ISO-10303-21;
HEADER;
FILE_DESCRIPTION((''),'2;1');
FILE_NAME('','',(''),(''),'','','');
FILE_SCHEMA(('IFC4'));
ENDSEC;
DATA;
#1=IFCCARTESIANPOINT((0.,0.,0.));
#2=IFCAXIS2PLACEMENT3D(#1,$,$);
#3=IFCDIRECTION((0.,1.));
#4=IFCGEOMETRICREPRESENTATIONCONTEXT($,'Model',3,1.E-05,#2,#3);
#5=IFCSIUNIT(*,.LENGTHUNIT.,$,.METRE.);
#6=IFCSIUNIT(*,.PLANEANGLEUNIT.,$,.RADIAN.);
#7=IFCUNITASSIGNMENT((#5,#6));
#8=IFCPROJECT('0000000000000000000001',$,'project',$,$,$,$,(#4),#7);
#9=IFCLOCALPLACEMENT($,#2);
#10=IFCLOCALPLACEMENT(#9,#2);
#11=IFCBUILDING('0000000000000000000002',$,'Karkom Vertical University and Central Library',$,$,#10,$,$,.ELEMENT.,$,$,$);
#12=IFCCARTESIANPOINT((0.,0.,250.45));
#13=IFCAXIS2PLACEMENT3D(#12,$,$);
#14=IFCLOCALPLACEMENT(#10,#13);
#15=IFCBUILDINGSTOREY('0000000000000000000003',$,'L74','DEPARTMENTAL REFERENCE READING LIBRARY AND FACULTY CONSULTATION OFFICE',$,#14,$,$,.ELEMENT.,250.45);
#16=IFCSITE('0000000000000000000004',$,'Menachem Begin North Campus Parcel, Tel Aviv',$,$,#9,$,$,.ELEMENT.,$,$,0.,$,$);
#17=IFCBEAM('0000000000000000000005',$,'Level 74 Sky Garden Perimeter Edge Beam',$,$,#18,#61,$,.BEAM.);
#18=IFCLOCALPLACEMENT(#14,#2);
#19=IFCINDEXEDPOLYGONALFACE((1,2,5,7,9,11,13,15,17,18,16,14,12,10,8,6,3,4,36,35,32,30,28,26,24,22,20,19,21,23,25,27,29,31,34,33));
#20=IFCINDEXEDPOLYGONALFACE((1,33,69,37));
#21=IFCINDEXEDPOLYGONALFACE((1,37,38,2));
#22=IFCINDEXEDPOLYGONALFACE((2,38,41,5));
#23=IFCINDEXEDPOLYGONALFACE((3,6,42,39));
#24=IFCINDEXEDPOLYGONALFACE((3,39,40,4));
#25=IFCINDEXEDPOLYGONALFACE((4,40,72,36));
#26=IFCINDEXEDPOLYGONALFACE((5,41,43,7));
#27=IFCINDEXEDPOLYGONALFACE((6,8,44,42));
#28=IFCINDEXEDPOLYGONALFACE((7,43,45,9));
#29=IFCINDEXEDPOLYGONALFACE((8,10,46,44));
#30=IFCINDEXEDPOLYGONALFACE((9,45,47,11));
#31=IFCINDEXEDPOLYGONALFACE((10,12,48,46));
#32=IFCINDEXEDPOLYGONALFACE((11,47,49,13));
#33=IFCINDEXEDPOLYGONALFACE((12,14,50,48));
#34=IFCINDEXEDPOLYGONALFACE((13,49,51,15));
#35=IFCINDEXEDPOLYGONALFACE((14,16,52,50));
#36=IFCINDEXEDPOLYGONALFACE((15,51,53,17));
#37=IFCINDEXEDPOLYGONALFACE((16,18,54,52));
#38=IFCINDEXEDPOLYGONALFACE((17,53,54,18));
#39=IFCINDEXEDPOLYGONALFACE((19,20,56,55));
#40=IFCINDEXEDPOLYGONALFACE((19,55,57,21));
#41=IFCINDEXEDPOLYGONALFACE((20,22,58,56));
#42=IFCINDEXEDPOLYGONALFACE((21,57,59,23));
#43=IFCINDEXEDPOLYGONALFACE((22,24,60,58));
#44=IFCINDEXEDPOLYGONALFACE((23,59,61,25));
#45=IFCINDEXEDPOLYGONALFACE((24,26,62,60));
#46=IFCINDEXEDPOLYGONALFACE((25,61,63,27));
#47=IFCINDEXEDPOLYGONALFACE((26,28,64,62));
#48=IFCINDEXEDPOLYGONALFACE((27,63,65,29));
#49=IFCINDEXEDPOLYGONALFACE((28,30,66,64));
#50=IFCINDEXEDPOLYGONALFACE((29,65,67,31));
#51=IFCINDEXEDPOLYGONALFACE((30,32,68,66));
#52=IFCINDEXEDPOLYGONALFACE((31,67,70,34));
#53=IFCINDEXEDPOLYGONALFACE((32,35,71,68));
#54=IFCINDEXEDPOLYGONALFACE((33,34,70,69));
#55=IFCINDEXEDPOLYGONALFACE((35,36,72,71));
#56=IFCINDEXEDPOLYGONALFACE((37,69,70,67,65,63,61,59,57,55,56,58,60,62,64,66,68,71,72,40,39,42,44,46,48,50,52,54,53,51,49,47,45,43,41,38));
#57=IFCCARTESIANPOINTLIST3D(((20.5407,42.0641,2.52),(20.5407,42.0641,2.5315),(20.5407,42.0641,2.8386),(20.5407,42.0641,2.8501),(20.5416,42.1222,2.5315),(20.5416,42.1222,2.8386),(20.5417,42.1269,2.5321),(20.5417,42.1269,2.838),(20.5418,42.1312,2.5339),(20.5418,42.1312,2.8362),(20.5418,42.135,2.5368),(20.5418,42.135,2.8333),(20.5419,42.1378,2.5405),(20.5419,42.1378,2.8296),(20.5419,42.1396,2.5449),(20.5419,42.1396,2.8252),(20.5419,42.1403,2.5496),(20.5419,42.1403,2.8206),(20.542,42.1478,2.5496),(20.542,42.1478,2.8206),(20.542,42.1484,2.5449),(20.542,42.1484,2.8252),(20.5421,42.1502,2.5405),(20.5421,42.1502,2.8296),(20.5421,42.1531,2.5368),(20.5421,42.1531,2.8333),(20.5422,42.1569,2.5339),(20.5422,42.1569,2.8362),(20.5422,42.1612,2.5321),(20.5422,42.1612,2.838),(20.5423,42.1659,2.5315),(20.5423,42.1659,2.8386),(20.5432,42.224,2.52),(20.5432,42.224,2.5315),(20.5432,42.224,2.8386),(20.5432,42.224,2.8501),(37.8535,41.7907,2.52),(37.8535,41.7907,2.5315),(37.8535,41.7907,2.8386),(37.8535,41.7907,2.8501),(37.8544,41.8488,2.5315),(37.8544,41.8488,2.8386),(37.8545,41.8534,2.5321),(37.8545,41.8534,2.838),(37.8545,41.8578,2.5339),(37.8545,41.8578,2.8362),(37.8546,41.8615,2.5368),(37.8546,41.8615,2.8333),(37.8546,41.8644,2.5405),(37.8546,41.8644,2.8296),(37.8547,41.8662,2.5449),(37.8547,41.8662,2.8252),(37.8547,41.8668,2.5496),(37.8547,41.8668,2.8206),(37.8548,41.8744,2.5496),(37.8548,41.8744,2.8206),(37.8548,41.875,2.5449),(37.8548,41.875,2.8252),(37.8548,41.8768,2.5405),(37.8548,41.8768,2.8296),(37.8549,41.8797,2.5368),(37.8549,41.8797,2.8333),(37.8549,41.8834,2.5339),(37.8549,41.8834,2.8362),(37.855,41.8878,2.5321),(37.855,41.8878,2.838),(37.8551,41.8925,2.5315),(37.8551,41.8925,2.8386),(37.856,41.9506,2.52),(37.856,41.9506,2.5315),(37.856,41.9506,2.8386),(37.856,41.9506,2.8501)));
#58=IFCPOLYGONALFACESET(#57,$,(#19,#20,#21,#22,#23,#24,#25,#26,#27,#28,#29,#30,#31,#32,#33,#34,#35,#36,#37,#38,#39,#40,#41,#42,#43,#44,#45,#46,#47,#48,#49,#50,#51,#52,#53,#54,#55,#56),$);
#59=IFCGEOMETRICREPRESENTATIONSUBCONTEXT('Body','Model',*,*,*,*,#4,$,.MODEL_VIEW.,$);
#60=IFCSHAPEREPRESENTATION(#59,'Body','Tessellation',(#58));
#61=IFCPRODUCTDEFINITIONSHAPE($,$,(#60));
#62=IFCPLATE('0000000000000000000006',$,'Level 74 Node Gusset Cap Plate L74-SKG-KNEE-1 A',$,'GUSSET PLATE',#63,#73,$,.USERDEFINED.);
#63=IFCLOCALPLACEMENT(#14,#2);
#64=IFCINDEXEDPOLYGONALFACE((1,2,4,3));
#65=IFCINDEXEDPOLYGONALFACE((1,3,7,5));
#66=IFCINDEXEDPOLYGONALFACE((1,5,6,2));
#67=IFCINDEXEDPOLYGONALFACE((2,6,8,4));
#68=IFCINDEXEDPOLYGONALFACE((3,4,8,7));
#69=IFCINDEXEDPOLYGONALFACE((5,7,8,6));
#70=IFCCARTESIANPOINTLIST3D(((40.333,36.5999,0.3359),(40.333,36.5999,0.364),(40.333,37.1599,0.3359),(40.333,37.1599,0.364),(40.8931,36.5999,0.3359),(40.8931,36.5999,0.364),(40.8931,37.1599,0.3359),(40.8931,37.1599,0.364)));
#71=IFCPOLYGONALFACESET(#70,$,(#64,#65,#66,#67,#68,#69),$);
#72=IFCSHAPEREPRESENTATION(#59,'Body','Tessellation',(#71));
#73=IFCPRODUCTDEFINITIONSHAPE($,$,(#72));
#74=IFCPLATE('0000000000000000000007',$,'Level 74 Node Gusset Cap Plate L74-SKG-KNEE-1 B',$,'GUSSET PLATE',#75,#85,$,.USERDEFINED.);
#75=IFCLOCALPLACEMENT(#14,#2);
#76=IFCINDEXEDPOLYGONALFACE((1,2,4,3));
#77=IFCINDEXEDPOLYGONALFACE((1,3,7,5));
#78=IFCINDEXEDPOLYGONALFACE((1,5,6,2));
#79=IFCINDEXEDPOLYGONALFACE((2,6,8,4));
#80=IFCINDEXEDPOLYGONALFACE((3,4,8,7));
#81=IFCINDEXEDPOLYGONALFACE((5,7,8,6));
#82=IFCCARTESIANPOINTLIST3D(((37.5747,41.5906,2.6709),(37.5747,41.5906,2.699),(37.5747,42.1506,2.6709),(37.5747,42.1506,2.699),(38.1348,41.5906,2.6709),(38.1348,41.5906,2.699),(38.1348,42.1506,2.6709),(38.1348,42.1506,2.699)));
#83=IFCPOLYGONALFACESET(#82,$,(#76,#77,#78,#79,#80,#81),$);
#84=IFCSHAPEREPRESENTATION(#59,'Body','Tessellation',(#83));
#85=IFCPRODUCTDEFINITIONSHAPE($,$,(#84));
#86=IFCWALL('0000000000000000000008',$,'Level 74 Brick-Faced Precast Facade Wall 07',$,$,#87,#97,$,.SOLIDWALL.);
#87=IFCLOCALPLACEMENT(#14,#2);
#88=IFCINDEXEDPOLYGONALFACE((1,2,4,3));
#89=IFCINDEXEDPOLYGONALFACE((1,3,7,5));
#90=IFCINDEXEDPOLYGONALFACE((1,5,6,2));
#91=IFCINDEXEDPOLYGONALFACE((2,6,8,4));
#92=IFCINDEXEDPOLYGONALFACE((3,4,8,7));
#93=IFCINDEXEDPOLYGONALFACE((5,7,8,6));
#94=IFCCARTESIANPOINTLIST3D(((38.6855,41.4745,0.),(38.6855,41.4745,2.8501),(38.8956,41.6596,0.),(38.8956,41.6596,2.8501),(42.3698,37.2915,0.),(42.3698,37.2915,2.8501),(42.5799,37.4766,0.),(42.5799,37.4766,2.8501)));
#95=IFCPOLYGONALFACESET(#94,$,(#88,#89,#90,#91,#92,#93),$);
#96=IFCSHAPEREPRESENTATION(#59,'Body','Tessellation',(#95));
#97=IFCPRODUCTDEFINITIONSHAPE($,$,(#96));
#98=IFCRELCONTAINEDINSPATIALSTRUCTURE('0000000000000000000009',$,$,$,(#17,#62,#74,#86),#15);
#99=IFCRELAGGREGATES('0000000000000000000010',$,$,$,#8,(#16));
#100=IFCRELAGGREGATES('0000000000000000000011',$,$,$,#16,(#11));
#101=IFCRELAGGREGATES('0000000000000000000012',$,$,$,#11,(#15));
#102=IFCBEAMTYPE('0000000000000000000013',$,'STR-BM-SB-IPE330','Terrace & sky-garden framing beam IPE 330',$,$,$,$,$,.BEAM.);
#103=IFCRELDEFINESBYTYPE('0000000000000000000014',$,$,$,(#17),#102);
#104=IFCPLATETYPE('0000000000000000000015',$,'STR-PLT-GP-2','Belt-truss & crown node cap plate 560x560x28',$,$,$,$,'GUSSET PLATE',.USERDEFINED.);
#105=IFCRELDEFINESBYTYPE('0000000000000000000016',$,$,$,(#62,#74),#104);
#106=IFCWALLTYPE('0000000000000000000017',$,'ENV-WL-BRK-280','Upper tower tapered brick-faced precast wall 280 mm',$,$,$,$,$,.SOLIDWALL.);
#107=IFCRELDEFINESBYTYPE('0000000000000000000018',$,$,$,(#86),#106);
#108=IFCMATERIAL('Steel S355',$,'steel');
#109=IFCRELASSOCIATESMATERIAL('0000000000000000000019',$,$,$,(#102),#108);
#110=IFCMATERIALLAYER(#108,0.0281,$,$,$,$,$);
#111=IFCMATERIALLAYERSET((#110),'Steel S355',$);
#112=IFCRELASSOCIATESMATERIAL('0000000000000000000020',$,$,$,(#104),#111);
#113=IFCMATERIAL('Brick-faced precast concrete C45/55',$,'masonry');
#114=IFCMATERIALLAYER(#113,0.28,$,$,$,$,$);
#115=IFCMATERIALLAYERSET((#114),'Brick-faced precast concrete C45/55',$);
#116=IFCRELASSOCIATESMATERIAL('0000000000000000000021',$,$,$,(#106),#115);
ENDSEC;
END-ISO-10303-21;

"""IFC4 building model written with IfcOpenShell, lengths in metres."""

from ifc_helpers import new_model, si_unit, direction, frame, frame_2d, origin, origin_with_axes, origin_2d, place, context, subcontext, project, spatial, rectangle, i_section, extrude, source, transform, mapped, material, layer, layer_set, material_profile, profile_set, type_object, element, save


model = new_model("IFC4")

# Units and contexts
model_context = context("Model", 3, precision=1e-05, world=origin(), true_north=direction((0.0, 1.0)))
body_context = subcontext(model_context, "Body", "Model", "MODEL_VIEW")
ifc_project = project(units=[si_unit("LENGTHUNIT", "METRE"), si_unit("PLANEANGLEUNIT", "RADIAN")], contexts=[model_context])

# Site, building, storey
site_placement = place(None, origin())
site = spatial("IfcSite", under=ifc_project, at=site_placement, Name="Menachem Begin North Campus Parcel, Tel Aviv", CompositionType="ELEMENT", RefElevation=0.0)
building_placement = place(site_placement, origin())
building = spatial("IfcBuilding", under=site, at=building_placement, Name="Karkom Vertical University and Central Library", CompositionType="ELEMENT")
storey_placement = place(building_placement, frame((0.0, 0.0, 250.45)))
storey = spatial("IfcBuildingStorey", under=building, at=storey_placement, Name="L74", Description="DEPARTMENTAL REFERENCE READING LIBRARY AND FACULTY CONSULTATION OFFICE", CompositionType="ELEMENT", Elevation=250.45)

# Shared definitions
ifc_material_1 = material(Name="Steel S355", Category="steel")
ifc_material_profile_1 = material_profile(ifc_material_1, i_section(OverallWidth=0.1599, OverallDepth=0.3301, WebThickness=0.0076, FlangeThickness=0.0115, FilletRadius=0.0181, at=origin_2d()), Name="IPE 330")
ifc_profile_set_1 = profile_set([ifc_material_profile_1], Name="Steel S355")
beam_type_1 = type_object("IfcBeamType", Name="STR-BM-SB-IPE330", Description="Terrace & sky-garden framing beam IPE 330", PredefinedType="BEAM", material=ifc_profile_set_1)

# Beam
shared_shape_1 = source(origin_with_axes(), body_context, "Body", "SweptSolid", [
    extrude(i_section(OverallWidth=0.1599, OverallDepth=0.3301, WebThickness=0.0076, FlangeThickness=0.0115, FilletRadius=0.0181, at=origin_2d()), origin(), (0.0, 0.0, 1.0), 17.3149),
])
beam_1_placement = place(storey_placement, frame((37.8547, 41.8706, 2.6851), z_axis=(-0.999875, 0.015792, 0.0), x_axis=(-0.015792, -0.999875, 0.0)))
element("IfcBeam", 1, at=beam_1_placement, inside=storey, type_object=beam_type_1, Name="Level 74 Sky Garden Perimeter Edge Beam", PredefinedType="BEAM", context=body_context, shape_type="MappedRepresentation", body=[
    mapped(shared_shape_1, transform((0.0, 0.0, 0.0), scale=1.0)),
])

# Plates
ifc_layer_1 = layer(ifc_material_1, 0.0281)
ifc_layer_set_1 = layer_set([ifc_layer_1], Name="Steel S355")
plate_type = type_object("IfcPlateType", Name="STR-PLT-GP-2", Description="Belt-truss & crown node cap plate 560x560x28", ElementType="GUSSET PLATE", PredefinedType="USERDEFINED", material=ifc_layer_set_1)
shared_shape_2 = source(origin_with_axes(), body_context, "Body", "SweptSolid", [
    extrude(rectangle(XDim=0.5601, YDim=0.5601, at=origin_2d()), origin(), (0.0, 0.0, 1.0), 0.0281),
])
for number, where, z_axis, x_axis, name in (
    (2, (40.613, 36.8799, 0.3359), (0.0, 0.0, 1.0), (1.0, 0.0, 0.0), "Level 74 Node Gusset Cap Plate L74-SKG-KNEE-1 A"),
    (3, (37.8547, 41.8706, 2.6709), (0.0, 0.0, 1.0), (1.0, 0.0, 0.0), "Level 74 Node Gusset Cap Plate L74-SKG-KNEE-1 B"),
):
    element("IfcPlate", number, at=place(storey_placement, frame(where, z_axis=z_axis, x_axis=x_axis)), inside=storey, type_object=plate_type, Name=name, ObjectType="GUSSET PLATE", PredefinedType="USERDEFINED", context=body_context, shape_type="MappedRepresentation", body=[
        mapped(shared_shape_2, transform((0.0, 0.0, 0.0), scale=1.0)),
    ])

# Wall
ifc_material_2 = material(Name="Brick-faced precast concrete C45/55", Category="masonry")
ifc_layer_2 = layer(ifc_material_2, 0.28)
ifc_layer_set_2 = layer_set([ifc_layer_2], Name="Brick-faced precast concrete C45/55")
wall_type_1 = type_object("IfcWallType", Name="ENV-WL-BRK-280", Description="Upper tower tapered brick-faced precast wall 280 mm", PredefinedType="SOLIDWALL", material=ifc_layer_set_2)
wall_1_placement = place(storey_placement, frame((42.4749, 37.384, 0.0), z_axis=(0.0, 0.0, 1.0), x_axis=(-0.660951, 0.750429, 0.0)))
element("IfcWall", 4, at=wall_1_placement, inside=storey, type_object=wall_type_1, Name="Level 74 Brick-Faced Precast Facade Wall 07", PredefinedType="SOLIDWALL", context=body_context, shape_type="SweptSolid", body=[
    extrude(rectangle(XDim=5.5742, YDim=0.28, at=frame_2d((2.7871, 0.0))), origin(), (0.0, 0.0, 1.0), 2.8501),
])

save(model, "model.ifc")
